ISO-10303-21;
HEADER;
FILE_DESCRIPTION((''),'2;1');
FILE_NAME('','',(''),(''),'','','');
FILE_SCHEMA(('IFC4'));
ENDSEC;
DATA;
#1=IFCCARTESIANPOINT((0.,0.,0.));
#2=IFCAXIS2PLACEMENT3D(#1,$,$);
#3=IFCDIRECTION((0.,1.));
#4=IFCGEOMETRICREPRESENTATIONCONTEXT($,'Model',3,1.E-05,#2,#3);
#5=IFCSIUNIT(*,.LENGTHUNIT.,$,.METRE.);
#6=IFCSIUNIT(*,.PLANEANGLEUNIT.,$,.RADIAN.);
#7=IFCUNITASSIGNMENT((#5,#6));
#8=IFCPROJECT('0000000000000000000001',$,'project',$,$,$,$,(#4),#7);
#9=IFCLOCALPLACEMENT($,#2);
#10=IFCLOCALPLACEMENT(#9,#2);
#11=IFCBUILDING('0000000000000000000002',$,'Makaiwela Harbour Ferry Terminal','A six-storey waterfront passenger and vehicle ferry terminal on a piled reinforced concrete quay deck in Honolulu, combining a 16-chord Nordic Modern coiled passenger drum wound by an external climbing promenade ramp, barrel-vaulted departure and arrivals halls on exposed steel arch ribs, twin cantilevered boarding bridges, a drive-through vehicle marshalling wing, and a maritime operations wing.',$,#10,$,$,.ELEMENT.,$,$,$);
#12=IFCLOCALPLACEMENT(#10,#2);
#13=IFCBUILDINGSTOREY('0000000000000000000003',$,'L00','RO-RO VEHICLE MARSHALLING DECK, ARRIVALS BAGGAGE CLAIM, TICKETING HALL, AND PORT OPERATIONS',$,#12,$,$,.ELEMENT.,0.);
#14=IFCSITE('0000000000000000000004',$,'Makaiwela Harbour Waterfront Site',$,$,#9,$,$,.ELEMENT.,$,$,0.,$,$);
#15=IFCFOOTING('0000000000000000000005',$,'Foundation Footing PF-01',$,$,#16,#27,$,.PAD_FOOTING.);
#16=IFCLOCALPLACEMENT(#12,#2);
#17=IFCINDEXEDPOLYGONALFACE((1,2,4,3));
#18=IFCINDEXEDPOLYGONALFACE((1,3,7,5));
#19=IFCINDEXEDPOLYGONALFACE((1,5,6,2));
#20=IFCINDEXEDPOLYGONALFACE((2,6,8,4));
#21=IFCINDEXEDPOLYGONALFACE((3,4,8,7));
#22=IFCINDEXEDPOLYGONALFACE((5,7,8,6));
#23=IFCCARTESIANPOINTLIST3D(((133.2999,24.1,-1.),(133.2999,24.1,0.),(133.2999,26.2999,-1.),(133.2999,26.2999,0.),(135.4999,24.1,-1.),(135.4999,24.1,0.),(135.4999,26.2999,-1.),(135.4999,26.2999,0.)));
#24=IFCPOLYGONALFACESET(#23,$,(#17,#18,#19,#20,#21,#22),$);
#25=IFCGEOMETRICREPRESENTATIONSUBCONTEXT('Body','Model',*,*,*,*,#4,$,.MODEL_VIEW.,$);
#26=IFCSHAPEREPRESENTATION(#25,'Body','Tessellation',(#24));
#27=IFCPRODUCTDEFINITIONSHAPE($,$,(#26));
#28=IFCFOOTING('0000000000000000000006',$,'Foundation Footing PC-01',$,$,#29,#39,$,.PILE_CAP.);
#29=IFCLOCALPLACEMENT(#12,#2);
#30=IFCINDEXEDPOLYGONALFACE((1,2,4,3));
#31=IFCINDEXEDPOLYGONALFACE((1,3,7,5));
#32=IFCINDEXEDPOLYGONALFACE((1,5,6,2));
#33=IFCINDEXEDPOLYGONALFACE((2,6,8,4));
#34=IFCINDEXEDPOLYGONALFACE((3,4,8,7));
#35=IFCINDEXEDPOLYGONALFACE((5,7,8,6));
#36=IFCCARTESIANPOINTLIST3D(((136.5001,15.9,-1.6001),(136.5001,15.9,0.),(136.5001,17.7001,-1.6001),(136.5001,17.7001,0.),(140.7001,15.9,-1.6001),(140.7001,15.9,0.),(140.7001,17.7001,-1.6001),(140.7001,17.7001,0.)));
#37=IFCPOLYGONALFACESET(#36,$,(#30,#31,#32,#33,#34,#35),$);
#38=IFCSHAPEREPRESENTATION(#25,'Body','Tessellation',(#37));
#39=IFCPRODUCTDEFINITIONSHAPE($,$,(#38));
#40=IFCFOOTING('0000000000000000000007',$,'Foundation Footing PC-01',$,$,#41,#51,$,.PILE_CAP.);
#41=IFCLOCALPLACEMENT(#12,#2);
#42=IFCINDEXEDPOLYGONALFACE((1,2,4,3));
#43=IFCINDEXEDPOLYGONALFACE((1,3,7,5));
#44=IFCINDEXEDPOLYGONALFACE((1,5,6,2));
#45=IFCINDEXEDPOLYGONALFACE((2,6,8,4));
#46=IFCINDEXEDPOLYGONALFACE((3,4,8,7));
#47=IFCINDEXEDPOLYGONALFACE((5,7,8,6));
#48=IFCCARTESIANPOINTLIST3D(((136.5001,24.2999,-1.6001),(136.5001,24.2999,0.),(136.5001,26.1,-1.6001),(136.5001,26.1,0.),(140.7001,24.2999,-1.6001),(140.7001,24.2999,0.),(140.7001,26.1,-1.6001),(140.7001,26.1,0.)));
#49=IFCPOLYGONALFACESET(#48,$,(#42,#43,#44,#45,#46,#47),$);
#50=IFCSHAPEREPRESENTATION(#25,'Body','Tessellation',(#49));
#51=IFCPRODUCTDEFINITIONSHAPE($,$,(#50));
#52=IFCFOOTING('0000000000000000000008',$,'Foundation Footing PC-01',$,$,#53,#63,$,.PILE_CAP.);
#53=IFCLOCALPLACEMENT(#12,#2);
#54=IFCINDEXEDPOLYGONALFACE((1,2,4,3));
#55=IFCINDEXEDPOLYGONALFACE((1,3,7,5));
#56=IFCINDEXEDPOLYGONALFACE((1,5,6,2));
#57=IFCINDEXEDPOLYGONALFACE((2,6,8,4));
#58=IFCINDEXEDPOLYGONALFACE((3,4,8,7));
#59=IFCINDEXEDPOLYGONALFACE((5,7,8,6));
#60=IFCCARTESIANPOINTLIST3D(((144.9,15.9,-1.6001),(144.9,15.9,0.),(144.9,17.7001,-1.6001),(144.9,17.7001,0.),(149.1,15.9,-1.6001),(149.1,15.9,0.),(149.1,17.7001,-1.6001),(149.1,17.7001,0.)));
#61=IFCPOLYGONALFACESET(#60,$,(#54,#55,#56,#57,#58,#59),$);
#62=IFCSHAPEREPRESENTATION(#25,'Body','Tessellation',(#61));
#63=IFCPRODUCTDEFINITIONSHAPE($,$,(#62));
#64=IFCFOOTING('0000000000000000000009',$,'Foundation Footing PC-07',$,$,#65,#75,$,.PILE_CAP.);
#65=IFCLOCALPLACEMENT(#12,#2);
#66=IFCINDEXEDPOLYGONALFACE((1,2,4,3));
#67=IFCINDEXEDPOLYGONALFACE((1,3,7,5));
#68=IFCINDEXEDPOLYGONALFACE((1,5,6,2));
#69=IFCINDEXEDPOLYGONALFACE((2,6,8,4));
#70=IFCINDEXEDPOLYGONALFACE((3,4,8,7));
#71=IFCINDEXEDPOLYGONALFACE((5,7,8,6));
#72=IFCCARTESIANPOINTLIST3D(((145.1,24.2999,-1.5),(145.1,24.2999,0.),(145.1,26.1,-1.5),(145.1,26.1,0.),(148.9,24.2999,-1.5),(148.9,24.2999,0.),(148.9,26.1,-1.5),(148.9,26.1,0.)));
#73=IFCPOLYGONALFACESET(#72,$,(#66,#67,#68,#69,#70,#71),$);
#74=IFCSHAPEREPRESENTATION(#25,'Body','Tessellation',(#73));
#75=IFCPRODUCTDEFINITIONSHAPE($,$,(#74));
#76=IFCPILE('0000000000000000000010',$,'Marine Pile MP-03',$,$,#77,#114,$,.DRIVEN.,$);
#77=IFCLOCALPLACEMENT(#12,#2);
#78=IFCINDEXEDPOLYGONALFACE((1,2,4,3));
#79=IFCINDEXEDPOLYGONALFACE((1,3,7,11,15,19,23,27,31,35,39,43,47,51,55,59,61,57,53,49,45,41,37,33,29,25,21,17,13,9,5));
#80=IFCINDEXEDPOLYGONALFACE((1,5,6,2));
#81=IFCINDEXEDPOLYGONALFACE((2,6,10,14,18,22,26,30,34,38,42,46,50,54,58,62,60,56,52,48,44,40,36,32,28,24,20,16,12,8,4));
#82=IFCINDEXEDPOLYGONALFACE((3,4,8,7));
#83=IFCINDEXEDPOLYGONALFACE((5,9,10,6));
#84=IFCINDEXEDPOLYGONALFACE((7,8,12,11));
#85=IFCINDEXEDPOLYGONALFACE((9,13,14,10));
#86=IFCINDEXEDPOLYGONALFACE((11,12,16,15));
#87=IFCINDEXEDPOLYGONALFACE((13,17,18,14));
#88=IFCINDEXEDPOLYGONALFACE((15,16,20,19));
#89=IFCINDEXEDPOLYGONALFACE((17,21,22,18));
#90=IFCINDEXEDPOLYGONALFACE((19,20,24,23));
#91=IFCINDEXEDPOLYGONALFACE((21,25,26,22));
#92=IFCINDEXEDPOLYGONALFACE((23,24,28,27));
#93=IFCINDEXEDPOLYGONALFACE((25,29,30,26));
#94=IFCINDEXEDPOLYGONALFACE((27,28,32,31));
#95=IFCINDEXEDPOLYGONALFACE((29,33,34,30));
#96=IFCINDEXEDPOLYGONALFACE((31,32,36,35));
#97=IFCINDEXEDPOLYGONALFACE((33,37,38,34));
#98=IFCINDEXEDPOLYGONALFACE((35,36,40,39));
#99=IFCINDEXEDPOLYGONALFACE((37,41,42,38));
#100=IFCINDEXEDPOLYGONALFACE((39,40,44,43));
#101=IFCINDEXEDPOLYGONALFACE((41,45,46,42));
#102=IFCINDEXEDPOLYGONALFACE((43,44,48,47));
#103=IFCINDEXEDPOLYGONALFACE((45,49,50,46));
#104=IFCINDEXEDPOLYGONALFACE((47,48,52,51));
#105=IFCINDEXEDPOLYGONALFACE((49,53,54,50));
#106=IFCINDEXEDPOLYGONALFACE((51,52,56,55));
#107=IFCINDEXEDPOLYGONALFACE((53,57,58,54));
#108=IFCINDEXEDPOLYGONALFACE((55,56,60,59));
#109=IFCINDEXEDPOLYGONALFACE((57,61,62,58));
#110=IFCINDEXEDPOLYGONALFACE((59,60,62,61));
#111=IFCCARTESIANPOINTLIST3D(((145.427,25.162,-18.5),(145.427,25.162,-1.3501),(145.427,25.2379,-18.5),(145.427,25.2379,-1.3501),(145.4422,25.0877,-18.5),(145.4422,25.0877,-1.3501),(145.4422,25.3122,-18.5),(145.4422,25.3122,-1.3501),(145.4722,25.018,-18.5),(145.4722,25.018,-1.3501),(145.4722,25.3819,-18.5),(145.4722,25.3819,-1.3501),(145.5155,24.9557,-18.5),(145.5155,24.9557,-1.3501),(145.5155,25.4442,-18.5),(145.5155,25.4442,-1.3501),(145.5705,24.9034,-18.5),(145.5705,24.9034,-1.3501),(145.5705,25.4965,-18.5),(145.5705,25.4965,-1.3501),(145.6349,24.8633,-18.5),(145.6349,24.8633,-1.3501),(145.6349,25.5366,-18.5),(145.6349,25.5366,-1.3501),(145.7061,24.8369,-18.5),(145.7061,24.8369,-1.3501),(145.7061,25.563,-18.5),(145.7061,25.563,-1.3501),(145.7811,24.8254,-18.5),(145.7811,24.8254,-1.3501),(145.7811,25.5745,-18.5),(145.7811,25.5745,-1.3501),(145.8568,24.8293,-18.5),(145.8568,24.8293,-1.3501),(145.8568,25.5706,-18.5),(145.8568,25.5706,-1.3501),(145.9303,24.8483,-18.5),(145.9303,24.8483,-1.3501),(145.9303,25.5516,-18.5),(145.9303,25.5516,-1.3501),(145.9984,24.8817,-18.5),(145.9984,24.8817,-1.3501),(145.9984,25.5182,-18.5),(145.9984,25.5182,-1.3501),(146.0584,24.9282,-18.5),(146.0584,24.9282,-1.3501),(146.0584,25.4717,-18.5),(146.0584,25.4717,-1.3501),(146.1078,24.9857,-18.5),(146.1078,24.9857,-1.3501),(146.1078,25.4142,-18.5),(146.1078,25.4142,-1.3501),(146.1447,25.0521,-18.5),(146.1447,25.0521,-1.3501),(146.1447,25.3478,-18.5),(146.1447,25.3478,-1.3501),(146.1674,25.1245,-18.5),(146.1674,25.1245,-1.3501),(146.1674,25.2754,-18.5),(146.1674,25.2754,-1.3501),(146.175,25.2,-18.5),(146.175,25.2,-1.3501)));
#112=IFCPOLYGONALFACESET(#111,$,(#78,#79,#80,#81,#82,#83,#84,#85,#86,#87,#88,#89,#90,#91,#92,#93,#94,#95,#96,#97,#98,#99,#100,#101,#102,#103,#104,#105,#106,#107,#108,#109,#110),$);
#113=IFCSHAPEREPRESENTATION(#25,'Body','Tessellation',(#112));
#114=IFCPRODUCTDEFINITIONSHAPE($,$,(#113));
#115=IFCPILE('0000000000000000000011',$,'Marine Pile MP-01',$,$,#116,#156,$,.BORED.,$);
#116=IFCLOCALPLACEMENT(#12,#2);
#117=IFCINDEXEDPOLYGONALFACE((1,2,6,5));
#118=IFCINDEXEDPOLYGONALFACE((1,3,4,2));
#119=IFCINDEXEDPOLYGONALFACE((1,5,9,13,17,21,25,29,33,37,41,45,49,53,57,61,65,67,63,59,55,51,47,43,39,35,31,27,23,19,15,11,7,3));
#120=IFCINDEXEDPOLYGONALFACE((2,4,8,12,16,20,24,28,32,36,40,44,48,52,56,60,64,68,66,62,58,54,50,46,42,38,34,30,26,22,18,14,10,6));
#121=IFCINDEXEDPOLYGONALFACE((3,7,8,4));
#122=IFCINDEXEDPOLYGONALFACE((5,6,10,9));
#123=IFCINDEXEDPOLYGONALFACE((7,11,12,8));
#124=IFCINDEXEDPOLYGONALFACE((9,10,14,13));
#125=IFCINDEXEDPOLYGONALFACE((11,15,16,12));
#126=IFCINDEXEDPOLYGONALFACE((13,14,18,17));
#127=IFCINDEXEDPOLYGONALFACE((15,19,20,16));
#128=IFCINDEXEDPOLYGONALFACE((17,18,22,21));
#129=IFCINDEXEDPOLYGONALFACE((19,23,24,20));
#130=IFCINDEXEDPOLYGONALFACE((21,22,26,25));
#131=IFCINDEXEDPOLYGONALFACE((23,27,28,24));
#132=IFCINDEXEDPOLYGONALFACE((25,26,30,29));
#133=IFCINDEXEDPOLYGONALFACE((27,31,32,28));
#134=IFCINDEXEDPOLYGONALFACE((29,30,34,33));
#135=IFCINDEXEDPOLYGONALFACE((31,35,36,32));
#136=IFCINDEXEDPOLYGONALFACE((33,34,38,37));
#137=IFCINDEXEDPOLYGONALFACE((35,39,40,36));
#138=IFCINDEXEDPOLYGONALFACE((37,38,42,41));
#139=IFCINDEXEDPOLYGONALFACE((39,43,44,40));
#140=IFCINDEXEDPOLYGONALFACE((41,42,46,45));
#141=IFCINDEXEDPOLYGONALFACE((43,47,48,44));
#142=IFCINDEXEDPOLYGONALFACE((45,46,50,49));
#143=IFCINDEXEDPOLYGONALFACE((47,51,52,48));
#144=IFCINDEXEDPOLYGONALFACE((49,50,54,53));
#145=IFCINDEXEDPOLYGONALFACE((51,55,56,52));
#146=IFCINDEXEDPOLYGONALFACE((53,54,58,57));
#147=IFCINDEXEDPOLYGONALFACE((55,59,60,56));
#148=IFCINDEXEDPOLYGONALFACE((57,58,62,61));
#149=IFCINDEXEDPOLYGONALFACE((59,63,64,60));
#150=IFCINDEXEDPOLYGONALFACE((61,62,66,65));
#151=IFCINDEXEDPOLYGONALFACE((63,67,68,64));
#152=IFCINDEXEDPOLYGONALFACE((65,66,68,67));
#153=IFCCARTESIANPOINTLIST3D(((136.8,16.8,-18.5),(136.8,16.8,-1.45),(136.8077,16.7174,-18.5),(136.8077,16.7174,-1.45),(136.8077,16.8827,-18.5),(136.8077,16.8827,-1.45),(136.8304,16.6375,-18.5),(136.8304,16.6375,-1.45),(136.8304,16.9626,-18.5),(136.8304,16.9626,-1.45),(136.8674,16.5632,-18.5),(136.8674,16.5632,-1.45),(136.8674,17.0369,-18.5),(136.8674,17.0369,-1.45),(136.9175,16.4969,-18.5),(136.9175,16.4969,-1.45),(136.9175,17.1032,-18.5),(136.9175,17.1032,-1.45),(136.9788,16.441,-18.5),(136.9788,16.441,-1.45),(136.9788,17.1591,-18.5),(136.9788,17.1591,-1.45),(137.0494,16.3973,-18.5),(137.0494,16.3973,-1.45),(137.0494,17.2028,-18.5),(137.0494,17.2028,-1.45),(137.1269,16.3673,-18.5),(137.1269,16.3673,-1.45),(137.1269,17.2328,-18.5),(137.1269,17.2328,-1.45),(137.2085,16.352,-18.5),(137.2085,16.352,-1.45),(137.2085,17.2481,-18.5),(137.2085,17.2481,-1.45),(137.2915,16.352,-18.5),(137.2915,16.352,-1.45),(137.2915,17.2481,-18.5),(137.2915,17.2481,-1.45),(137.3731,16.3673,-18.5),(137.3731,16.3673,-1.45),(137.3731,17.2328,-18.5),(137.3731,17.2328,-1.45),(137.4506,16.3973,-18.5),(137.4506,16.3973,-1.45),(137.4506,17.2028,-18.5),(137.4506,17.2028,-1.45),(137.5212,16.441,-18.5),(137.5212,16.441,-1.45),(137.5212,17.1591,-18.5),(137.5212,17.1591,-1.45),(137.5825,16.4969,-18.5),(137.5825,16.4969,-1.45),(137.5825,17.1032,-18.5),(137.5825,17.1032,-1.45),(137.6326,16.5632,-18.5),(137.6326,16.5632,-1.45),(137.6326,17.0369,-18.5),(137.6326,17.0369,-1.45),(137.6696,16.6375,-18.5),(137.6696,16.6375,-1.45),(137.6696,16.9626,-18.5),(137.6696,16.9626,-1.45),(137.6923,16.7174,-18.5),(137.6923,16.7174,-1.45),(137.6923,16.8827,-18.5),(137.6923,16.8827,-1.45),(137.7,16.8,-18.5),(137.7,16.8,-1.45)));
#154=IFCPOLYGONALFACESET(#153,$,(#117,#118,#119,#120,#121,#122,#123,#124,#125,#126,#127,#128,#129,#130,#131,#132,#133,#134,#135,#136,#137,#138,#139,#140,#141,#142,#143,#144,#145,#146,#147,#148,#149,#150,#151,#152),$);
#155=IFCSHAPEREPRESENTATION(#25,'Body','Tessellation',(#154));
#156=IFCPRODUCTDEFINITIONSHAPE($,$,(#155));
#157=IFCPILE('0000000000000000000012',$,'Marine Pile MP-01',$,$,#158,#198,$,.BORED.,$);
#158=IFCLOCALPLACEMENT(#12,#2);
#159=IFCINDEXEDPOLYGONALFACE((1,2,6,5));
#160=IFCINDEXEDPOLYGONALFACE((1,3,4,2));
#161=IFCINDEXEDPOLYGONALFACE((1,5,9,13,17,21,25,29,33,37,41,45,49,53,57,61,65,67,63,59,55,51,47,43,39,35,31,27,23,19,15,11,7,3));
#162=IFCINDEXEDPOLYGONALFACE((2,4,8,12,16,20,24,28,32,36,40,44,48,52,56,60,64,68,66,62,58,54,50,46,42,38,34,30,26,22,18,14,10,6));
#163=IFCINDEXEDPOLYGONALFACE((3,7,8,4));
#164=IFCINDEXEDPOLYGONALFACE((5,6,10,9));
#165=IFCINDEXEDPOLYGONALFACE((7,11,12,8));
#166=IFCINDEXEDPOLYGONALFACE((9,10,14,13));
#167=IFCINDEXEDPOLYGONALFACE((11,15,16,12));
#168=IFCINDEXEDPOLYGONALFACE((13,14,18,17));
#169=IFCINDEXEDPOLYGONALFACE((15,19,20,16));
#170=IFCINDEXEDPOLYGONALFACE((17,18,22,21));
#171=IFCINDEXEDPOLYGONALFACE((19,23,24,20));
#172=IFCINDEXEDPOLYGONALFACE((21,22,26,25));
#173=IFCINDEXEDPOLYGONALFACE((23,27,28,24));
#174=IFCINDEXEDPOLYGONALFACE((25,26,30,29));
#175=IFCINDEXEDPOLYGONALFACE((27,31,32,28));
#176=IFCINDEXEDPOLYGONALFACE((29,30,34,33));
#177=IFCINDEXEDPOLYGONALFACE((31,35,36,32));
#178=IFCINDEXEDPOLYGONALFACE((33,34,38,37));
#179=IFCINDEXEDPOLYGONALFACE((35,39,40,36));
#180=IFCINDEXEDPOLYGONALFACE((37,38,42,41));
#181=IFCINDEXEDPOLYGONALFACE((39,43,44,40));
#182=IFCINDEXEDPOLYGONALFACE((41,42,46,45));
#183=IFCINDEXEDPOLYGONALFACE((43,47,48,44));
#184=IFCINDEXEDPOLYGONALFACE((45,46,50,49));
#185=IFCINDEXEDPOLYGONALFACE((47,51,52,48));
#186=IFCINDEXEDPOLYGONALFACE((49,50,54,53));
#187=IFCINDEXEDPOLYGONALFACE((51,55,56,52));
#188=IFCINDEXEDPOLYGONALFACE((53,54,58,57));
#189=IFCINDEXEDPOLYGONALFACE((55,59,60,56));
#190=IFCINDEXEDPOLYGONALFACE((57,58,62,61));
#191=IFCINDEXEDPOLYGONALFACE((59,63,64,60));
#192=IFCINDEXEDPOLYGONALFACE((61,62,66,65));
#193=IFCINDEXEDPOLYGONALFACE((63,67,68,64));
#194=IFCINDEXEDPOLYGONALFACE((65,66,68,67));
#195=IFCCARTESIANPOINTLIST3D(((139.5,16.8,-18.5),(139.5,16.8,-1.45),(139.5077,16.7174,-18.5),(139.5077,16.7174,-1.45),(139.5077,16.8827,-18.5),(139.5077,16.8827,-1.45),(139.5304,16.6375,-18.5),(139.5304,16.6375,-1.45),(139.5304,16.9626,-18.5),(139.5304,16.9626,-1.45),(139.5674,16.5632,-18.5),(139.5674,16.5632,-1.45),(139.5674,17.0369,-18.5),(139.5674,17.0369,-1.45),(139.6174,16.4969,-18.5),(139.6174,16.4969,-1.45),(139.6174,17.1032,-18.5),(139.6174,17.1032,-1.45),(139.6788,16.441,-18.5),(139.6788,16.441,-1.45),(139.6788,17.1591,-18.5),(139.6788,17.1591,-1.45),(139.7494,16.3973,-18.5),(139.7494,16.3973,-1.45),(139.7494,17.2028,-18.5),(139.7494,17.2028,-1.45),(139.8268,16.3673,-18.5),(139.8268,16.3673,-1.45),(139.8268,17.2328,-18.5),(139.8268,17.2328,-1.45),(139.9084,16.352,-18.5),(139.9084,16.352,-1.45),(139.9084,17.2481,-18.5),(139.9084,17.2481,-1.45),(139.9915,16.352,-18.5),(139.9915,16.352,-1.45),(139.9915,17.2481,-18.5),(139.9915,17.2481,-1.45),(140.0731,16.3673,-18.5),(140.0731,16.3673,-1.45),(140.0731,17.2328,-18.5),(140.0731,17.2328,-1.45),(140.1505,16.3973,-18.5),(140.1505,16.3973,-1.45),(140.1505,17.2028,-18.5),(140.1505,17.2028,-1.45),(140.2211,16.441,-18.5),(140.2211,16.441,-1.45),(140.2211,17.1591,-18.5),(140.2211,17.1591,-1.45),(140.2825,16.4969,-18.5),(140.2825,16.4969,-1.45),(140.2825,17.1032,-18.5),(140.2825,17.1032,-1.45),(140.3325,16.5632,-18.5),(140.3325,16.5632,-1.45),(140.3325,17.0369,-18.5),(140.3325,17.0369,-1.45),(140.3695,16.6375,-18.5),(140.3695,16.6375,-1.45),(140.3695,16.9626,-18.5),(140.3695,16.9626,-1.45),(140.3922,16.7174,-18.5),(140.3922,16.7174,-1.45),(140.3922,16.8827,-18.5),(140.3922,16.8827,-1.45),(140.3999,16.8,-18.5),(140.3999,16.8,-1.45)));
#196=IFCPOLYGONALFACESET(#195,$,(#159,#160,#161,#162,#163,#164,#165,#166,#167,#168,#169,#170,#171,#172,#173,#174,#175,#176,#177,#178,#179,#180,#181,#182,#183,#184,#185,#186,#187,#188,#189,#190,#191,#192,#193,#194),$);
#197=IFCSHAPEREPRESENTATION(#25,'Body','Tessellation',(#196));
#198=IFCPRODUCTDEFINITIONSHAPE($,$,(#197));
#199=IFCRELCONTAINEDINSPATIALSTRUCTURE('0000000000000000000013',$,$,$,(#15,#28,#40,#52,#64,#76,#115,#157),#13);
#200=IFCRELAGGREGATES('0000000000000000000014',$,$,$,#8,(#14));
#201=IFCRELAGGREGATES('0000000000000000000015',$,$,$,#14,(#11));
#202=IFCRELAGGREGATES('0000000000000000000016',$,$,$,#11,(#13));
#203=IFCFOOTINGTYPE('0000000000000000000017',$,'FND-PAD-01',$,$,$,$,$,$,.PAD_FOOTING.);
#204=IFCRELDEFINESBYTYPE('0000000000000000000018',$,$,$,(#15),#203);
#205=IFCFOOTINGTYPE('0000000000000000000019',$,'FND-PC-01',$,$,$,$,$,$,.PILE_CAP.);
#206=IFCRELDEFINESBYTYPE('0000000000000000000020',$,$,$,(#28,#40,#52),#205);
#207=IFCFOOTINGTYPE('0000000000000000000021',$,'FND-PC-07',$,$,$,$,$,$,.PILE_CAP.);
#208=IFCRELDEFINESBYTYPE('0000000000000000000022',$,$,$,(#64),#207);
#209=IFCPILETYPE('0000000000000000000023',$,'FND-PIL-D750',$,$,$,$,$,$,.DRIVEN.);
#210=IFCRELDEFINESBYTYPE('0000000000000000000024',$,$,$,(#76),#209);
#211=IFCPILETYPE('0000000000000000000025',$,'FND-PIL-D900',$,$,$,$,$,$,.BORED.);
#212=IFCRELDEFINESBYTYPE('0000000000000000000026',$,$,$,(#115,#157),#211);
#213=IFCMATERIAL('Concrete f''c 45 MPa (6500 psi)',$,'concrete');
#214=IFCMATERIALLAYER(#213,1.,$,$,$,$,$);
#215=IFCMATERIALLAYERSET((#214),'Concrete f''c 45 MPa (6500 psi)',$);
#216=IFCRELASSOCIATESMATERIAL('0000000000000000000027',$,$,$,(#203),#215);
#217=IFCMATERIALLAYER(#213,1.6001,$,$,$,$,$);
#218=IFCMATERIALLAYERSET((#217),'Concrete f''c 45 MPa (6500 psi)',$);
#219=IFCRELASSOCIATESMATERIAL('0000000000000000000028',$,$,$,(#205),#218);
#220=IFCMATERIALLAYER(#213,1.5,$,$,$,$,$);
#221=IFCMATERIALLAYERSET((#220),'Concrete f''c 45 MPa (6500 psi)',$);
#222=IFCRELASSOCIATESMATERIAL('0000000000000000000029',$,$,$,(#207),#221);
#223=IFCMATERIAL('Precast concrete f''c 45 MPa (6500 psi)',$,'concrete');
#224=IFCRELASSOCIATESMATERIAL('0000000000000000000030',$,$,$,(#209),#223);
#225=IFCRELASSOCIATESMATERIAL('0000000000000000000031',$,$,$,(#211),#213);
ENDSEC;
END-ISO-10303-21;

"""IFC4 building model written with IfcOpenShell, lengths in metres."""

from ifc_helpers import new_model, si_unit, direction, frame, origin, origin_2d, place, context, subcontext, project, spatial, rectangle, circle, extrude, material, layer, layer_set, material_profile, profile_set, type_object, element, save


model = new_model("IFC4")

# Units and contexts
model_context = context("Model", 3, precision=1e-05, world=origin(), true_north=direction((0.0, 1.0)))
body_context = subcontext(model_context, "Body", "Model", "MODEL_VIEW")
ifc_project = project(units=[si_unit("LENGTHUNIT", "METRE"), si_unit("PLANEANGLEUNIT", "RADIAN")], contexts=[model_context])

# Site, building, storey
site_placement = place(None, origin())
site = spatial("IfcSite", under=ifc_project, at=site_placement, Name="Makaiwela Harbour Waterfront Site", CompositionType="ELEMENT", RefElevation=0.0)
building_placement = place(site_placement, origin())
building = spatial("IfcBuilding", under=site, at=building_placement, Name="Makaiwela Harbour Ferry Terminal", Description="A six-storey waterfront passenger and vehicle ferry terminal on a piled reinforced concrete quay deck in Honolulu, combining a 16-chord Nordic Modern coiled passenger drum wound by an external climbing promenade ramp, barrel-vaulted departure and arrivals halls on exposed steel arch ribs, twin cantilevered boarding bridges, a drive-through vehicle marshalling wing, and a maritime operations wing.", CompositionType="ELEMENT")
storey_placement = place(building_placement, origin())
storey = spatial("IfcBuildingStorey", under=building, at=storey_placement, Name="L00", Description="RO-RO VEHICLE MARSHALLING DECK, ARRIVALS BAGGAGE CLAIM, TICKETING HALL, AND PORT OPERATIONS", CompositionType="ELEMENT", Elevation=0.0)

# Footings
ifc_material_1 = material(Name="Concrete f'c 45 MPa (6500 psi)", Category="concrete")
ifc_layer_1 = layer(ifc_material_1, 1.0)
ifc_layer_set_1 = layer_set([ifc_layer_1], Name="Concrete f'c 45 MPa (6500 psi)")
footing_type_1 = type_object("IfcFootingType", Name="FND-PAD-01", PredefinedType="PAD_FOOTING", material=ifc_layer_set_1)
footing_1_placement = place(storey_placement, frame((134.3999, 25.2, -1.0), z_axis=(0.0, 0.0, 1.0), x_axis=(1.0, 0.0, 0.0)))
element("IfcFooting", 1, at=footing_1_placement, inside=storey, type_object=footing_type_1, Name="Foundation Footing PF-01", PredefinedType="PAD_FOOTING", context=body_context, shape_type="SweptSolid", body=[
    extrude(rectangle(XDim=2.2, YDim=2.2, at=origin_2d()), origin(), (0.0, 0.0, 1.0), 1.0),
])
ifc_layer_2 = layer(ifc_material_1, 1.6001)
ifc_layer_set_2 = layer_set([ifc_layer_2], Name="Concrete f'c 45 MPa (6500 psi)")
footing_type_2 = type_object("IfcFootingType", Name="FND-PC-01", PredefinedType="PILE_CAP", material=ifc_layer_set_2)
for number, where, z_axis, x_axis, name in (
    (2, (138.6001, 16.8, -1.6001), (0.0, 0.0, 1.0), (1.0, 0.0, 0.0), "Foundation Footing PC-01"),
    (3, (138.6001, 25.2, -1.6001), (0.0, 0.0, 1.0), (1.0, 0.0, 0.0), "Foundation Footing PC-01"),
    (4, (147.0, 16.8, -1.6001), (0.0, 0.0, 1.0), (1.0, 0.0, 0.0), "Foundation Footing PC-01"),
):
    element("IfcFooting", number, at=place(storey_placement, frame(where, z_axis=z_axis, x_axis=x_axis)), inside=storey, type_object=footing_type_2, Name=name, PredefinedType="PILE_CAP", context=body_context, shape_type="SweptSolid", body=[
        extrude(rectangle(XDim=4.2, YDim=1.8, at=origin_2d()), origin(), (0.0, 0.0, 1.0), 1.6001),
    ])
ifc_layer_3 = layer(ifc_material_1, 1.5)
ifc_layer_set_3 = layer_set([ifc_layer_3], Name="Concrete f'c 45 MPa (6500 psi)")
footing_type_3 = type_object("IfcFootingType", Name="FND-PC-07", PredefinedType="PILE_CAP", material=ifc_layer_set_3)
footing_2_placement = place(storey_placement, frame((147.0, 25.2, -1.5), z_axis=(0.0, 0.0, 1.0), x_axis=(1.0, 0.0, 0.0)))
element("IfcFooting", 5, at=footing_2_placement, inside=storey, type_object=footing_type_3, Name="Foundation Footing PC-07", PredefinedType="PILE_CAP", context=body_context, shape_type="SweptSolid", body=[
    extrude(rectangle(XDim=3.8, YDim=1.8, at=origin_2d()), origin(), (0.0, 0.0, 1.0), 1.5),
])

# Piles
ifc_material_2 = material(Name="Precast concrete f'c 45 MPa (6500 psi)", Category="concrete")
ifc_material_profile_1 = material_profile(ifc_material_2, circle(Radius=0.375, at=origin_2d()), Name="PILE-D750")
ifc_profile_set_1 = profile_set([ifc_material_profile_1], Name="Precast concrete f'c 45 MPa (6500 psi)")
pile_type_1 = type_object("IfcPileType", Name="FND-PIL-D750", PredefinedType="DRIVEN", material=ifc_profile_set_1)
pile_placement = place(storey_placement, frame((145.8, 25.2, -1.3501), z_axis=(0.0, 0.0, -1.0), x_axis=(1.0, 0.0, 0.0)))
element("IfcPile", 6, at=pile_placement, inside=storey, type_object=pile_type_1, Name="Marine Pile MP-03", PredefinedType="DRIVEN", context=body_context, shape_type="SweptSolid", body=[
    extrude(circle(Radius=0.375, at=origin_2d()), origin(), (0.0, 0.0, 1.0), 17.1499),
])
ifc_material_profile_2 = material_profile(ifc_material_1, circle(Radius=0.45, at=origin_2d()), Name="PILE-D900")
ifc_profile_set_2 = profile_set([ifc_material_profile_2], Name="Concrete f'c 45 MPa (6500 psi)")
pile_type_2 = type_object("IfcPileType", Name="FND-PIL-D900", PredefinedType="BORED", material=ifc_profile_set_2)
for number, where, z_axis, x_axis, name in (
    (7, (137.25, 16.8, -1.45), (0.0, 0.0, -1.0), (1.0, 0.0, 0.0), "Marine Pile MP-01"),
    (8, (139.95, 16.8, -1.45), (0.0, 0.0, -1.0), (1.0, 0.0, 0.0), "Marine Pile MP-01"),
):
    element("IfcPile", number, at=place(storey_placement, frame(where, z_axis=z_axis, x_axis=x_axis)), inside=storey, type_object=pile_type_2, Name=name, PredefinedType="BORED", context=body_context, shape_type="SweptSolid", body=[
        extrude(circle(Radius=0.45, at=origin_2d()), origin(), (0.0, 0.0, 1.0), 17.05),
    ])

save(model, "model.ifc")
